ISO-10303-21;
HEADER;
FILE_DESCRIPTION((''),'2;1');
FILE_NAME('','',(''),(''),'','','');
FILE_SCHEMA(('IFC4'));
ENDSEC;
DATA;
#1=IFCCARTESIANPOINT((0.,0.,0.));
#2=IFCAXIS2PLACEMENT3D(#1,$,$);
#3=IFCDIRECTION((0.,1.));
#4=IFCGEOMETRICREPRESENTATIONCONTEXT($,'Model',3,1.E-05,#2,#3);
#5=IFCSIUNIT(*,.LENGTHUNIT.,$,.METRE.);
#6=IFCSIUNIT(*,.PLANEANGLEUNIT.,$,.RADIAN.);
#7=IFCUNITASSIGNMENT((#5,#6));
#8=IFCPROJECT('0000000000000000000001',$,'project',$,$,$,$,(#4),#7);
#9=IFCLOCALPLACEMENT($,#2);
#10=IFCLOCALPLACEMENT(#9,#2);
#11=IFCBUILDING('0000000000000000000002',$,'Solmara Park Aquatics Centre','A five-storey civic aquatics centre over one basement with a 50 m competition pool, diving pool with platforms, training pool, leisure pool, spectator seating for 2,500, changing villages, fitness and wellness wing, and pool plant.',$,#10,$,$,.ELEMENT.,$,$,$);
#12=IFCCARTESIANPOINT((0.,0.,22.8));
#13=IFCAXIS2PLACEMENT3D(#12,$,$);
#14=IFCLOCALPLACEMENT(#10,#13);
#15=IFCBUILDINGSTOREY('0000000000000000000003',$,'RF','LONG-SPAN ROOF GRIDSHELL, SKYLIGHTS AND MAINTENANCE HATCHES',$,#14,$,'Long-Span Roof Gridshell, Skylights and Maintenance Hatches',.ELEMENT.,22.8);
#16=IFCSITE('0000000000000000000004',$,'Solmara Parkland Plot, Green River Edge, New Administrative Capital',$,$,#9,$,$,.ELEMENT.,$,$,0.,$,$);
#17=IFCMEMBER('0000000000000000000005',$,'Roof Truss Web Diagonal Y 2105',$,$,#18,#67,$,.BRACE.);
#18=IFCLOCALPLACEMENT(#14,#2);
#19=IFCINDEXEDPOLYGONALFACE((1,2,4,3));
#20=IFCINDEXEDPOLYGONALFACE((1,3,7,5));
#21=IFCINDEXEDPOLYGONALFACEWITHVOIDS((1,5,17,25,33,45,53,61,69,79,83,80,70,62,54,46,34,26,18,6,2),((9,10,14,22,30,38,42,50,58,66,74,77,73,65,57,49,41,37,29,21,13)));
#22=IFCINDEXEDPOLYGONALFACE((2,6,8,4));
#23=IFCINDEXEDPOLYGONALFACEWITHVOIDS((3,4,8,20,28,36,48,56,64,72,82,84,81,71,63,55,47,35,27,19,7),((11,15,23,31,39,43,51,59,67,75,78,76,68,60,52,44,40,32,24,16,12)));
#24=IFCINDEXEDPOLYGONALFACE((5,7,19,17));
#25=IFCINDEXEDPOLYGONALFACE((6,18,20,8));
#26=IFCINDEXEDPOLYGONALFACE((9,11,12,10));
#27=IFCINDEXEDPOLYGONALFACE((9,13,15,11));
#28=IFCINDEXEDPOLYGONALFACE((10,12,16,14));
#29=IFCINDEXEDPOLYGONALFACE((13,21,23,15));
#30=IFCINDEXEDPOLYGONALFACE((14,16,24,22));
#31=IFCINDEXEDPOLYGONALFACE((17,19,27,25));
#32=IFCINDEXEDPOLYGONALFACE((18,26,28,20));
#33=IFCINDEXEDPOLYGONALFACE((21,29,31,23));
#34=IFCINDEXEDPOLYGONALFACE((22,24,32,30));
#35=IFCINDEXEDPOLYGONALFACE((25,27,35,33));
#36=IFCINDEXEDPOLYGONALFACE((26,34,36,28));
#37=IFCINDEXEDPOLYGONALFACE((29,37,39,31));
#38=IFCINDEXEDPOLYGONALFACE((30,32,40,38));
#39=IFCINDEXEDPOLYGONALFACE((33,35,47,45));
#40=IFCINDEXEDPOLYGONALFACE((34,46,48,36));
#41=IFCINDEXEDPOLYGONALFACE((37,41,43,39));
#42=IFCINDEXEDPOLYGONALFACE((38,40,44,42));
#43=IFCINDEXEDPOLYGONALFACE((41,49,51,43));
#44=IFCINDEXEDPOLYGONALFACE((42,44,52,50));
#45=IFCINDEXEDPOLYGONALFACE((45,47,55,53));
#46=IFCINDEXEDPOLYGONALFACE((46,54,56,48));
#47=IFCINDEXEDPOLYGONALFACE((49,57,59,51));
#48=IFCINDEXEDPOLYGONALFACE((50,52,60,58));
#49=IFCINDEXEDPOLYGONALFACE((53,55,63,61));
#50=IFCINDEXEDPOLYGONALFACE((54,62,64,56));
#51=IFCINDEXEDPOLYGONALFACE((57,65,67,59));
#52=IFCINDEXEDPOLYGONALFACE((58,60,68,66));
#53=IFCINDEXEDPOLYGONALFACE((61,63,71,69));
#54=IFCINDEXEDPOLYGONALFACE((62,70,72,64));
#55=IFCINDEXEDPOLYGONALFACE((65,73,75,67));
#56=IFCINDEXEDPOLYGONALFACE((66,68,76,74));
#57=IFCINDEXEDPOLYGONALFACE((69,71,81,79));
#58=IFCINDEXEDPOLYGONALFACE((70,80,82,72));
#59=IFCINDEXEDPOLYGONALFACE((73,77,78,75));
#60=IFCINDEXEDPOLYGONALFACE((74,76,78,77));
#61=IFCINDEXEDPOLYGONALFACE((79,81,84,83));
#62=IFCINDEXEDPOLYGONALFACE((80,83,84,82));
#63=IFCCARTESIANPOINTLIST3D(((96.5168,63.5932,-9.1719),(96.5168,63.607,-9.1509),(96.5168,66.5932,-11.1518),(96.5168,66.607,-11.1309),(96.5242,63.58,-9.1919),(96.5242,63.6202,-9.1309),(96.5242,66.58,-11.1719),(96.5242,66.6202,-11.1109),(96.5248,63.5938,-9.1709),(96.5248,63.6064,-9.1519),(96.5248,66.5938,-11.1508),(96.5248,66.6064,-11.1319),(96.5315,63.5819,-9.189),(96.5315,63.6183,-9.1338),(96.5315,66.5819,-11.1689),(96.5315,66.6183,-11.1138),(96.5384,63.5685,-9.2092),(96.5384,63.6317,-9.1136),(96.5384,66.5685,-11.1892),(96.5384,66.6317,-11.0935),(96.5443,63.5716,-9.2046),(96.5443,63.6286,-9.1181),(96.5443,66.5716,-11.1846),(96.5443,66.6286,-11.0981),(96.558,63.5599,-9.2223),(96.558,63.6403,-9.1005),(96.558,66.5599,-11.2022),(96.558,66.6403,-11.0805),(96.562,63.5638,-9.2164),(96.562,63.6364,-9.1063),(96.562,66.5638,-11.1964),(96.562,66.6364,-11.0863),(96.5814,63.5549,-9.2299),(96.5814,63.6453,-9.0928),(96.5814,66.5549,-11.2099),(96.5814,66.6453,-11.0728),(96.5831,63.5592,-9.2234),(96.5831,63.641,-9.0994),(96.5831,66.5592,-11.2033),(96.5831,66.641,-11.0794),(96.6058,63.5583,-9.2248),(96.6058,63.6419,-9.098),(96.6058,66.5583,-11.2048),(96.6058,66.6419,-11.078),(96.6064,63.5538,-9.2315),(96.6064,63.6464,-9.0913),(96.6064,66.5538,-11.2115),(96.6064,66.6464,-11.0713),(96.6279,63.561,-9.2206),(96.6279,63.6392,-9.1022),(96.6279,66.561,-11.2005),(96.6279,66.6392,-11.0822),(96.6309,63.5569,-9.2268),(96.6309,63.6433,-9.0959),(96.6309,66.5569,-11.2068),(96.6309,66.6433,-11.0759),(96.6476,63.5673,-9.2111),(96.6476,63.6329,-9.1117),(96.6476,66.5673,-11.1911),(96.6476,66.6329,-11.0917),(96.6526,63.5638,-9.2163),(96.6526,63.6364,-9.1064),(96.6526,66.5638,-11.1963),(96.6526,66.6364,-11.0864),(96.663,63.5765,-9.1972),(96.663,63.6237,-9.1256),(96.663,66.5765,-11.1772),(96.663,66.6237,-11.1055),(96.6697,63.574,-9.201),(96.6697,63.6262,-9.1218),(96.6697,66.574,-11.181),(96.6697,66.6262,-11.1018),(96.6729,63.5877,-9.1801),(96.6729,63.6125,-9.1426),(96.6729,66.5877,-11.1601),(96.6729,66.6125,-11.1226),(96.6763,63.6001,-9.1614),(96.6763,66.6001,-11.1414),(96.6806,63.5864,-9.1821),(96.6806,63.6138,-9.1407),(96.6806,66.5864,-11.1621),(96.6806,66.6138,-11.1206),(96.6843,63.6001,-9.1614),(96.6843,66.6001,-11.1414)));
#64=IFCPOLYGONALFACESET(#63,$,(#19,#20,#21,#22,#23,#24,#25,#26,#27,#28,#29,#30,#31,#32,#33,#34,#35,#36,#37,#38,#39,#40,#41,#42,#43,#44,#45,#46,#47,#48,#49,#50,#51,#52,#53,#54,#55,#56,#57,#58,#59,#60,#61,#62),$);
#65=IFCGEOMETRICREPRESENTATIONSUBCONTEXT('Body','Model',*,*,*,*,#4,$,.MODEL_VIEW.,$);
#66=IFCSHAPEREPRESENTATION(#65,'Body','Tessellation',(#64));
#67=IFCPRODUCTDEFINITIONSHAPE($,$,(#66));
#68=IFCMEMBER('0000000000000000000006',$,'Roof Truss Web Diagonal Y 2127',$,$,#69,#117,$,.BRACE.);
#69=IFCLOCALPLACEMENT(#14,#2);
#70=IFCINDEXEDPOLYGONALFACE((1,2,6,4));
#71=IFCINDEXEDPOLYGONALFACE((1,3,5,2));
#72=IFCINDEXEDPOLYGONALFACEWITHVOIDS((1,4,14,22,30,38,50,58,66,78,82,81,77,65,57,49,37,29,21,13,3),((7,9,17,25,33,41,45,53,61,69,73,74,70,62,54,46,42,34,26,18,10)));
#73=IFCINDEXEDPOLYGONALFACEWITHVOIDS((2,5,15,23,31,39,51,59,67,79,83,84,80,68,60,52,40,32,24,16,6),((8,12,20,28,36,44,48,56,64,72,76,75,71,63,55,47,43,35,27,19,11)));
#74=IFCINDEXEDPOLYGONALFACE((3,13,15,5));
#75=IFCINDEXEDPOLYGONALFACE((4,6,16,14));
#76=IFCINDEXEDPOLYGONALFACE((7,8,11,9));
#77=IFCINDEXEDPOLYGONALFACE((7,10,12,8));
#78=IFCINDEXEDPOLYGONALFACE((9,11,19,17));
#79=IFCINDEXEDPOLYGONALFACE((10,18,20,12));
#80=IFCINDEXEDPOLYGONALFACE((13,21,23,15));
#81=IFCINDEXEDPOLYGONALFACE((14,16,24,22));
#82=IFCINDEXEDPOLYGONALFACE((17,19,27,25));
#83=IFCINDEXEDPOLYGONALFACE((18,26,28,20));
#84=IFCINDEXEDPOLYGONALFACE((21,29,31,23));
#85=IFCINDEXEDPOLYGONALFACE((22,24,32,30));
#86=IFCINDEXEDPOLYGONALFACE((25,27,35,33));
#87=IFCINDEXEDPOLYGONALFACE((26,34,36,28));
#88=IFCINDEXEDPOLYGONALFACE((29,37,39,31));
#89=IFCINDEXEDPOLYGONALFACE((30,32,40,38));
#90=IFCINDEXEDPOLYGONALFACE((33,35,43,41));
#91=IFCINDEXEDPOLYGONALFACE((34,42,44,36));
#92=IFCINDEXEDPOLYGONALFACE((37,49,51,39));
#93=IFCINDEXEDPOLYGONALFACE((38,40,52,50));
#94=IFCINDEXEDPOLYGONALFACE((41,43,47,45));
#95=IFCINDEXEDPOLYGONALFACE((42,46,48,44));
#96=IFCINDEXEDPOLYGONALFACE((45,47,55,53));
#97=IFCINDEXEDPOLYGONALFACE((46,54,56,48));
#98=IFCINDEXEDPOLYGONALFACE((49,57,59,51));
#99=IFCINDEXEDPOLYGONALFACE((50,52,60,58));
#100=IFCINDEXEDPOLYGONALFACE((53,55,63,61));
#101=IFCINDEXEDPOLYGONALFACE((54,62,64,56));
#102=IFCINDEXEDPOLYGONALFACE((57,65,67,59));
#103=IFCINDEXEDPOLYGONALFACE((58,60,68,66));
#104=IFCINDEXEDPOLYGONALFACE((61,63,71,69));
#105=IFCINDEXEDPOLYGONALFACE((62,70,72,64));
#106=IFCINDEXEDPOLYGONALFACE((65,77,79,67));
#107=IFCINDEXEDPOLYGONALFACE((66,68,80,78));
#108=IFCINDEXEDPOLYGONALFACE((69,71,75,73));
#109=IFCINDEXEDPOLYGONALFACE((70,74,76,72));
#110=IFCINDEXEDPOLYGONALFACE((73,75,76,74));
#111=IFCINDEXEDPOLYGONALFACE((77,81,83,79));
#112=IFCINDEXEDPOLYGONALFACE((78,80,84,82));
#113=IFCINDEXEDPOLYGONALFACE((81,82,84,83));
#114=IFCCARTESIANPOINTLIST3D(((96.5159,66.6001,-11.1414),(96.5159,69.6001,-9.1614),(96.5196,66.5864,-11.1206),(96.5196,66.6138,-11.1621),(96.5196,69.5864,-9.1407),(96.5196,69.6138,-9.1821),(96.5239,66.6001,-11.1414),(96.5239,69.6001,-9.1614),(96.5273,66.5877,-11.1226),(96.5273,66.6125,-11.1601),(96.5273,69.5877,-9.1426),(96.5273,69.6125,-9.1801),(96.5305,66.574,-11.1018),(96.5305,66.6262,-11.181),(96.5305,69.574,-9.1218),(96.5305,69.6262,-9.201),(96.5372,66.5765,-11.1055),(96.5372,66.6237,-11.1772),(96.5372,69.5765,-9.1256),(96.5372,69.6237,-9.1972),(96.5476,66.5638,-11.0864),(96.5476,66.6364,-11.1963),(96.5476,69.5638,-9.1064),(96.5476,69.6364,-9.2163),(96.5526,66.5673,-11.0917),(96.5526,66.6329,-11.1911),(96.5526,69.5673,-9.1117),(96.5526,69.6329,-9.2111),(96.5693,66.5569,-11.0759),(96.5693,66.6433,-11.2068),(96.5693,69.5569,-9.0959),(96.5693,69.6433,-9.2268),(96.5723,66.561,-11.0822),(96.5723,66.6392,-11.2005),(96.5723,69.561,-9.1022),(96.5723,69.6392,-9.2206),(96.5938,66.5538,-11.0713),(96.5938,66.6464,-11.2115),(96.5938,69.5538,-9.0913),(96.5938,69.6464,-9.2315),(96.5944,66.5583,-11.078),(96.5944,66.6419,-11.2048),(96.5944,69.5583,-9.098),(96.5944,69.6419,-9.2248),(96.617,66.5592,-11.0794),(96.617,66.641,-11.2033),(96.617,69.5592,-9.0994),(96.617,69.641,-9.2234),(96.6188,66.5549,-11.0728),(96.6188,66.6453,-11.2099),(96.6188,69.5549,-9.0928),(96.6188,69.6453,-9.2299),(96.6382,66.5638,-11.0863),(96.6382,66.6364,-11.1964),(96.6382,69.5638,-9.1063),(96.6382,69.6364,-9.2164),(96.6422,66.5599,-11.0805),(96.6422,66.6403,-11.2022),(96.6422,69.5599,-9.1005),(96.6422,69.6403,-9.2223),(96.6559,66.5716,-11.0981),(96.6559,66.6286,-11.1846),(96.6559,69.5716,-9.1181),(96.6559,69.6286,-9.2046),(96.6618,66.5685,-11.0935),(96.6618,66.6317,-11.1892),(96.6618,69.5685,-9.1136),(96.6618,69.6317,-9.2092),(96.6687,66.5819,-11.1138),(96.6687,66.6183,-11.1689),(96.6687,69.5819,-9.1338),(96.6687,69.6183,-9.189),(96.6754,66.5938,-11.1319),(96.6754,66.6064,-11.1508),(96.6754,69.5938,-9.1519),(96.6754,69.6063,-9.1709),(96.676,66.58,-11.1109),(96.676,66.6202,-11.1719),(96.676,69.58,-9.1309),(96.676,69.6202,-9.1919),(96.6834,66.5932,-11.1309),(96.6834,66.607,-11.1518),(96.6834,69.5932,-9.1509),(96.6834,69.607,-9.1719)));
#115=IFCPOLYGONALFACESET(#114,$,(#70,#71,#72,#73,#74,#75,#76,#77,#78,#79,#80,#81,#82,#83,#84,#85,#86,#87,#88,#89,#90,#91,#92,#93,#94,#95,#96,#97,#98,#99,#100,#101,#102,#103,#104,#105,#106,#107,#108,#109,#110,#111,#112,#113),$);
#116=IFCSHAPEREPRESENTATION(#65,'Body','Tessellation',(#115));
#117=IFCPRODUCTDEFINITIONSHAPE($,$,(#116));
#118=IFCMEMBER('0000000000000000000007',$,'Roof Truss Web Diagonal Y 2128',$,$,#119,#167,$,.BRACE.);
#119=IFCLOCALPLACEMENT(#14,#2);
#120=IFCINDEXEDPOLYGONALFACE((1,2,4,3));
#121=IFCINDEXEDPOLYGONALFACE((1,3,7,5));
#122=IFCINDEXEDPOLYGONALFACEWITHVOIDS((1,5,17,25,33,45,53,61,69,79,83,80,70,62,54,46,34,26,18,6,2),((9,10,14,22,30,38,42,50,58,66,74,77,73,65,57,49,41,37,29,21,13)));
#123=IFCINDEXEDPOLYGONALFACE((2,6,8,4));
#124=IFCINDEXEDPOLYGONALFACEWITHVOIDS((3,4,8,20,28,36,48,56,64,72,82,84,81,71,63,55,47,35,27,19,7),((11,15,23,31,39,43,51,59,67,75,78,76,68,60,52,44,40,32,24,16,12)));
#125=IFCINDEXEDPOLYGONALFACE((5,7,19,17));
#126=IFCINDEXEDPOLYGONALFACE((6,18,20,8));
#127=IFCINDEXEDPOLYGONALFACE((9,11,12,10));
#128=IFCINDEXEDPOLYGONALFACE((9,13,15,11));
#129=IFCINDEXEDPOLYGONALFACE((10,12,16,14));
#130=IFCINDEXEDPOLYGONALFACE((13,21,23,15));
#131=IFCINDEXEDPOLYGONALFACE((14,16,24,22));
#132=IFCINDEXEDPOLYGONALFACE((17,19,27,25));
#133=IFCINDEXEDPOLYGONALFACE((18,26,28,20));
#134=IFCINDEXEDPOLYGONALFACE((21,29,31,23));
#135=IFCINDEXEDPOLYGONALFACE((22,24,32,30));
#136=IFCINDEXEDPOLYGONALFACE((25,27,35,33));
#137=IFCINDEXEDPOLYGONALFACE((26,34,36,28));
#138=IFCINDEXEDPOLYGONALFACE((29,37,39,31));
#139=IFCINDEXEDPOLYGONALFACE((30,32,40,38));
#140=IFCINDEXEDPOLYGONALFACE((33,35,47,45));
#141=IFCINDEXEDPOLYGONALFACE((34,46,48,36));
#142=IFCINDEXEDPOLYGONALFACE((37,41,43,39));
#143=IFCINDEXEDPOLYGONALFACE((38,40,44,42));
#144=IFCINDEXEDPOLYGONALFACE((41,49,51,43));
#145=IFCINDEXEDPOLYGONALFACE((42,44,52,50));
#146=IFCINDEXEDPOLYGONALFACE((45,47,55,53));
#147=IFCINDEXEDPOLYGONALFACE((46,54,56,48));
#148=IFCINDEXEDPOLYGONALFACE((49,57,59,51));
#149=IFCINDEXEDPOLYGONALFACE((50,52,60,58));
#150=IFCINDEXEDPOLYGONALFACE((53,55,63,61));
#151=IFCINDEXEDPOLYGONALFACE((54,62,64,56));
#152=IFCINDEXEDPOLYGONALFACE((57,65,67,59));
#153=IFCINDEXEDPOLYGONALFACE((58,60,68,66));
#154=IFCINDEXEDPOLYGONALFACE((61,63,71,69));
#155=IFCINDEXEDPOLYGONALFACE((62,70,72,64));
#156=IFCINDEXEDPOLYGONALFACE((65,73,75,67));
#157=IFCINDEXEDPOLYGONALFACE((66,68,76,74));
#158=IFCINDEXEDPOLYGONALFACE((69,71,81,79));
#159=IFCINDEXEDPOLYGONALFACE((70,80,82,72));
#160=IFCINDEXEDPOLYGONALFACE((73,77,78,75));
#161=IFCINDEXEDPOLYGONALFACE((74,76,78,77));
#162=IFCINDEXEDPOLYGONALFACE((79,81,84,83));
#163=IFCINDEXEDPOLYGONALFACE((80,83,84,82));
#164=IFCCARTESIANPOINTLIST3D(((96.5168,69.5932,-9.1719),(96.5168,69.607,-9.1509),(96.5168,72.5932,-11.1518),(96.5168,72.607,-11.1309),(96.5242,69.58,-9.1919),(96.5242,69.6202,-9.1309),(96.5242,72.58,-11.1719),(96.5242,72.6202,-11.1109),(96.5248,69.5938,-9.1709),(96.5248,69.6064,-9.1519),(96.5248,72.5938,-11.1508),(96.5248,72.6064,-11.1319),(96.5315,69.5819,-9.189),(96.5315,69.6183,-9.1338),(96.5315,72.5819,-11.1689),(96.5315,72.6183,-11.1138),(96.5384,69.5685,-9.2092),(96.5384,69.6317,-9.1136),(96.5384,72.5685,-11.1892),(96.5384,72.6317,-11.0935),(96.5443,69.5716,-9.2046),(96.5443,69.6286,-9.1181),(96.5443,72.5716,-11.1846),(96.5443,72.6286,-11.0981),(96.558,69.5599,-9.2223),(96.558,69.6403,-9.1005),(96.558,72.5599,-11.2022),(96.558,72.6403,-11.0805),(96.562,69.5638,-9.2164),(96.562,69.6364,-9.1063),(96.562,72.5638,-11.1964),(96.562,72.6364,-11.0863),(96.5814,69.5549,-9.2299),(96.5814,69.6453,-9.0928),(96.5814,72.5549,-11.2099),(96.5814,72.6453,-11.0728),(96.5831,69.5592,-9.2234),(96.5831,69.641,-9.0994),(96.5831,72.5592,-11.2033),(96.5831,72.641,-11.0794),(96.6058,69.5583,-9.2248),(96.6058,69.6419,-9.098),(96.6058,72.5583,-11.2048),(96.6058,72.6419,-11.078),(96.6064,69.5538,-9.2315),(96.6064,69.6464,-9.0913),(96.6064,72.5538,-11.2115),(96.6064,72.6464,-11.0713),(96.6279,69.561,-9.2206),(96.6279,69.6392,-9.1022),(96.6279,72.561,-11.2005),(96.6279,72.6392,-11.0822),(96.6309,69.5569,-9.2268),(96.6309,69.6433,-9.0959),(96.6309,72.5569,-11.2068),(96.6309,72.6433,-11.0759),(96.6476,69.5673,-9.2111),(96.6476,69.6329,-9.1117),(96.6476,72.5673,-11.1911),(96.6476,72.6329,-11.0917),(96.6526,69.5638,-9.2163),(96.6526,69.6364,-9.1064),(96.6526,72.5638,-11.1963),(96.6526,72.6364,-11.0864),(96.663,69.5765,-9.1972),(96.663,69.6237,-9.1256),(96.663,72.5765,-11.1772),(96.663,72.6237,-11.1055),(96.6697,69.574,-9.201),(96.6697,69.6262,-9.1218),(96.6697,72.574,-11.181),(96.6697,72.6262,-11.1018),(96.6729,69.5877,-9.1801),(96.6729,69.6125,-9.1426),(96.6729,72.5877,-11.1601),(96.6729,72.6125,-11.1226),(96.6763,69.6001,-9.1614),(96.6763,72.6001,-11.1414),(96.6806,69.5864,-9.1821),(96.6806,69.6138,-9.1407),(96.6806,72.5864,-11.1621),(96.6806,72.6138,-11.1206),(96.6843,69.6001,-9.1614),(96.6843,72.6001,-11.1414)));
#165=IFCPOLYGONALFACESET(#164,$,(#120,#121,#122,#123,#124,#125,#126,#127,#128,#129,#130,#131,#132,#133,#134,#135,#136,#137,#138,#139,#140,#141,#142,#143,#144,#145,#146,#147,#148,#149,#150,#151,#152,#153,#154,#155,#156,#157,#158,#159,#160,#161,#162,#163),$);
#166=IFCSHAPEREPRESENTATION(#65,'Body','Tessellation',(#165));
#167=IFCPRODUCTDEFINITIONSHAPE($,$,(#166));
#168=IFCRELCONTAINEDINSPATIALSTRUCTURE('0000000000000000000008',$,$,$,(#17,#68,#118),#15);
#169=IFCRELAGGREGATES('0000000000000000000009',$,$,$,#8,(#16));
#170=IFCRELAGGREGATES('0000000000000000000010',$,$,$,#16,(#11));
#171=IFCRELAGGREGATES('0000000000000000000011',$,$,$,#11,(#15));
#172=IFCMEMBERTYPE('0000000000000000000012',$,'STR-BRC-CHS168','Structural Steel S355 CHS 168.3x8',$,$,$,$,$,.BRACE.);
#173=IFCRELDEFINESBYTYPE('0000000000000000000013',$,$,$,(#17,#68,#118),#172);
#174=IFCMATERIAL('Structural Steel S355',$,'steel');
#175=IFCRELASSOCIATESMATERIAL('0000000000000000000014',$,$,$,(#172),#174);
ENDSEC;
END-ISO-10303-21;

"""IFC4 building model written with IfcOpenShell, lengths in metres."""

from ifc_helpers import new_model, si_unit, direction, frame, origin, origin_2d, place, context, subcontext, project, spatial, hollow_circle, extrude, material, material_profile, profile_set, type_object, element, save


model = new_model("IFC4")

# Units and contexts
model_context = context("Model", 3, precision=1e-05, world=origin(), true_north=direction((0.0, 1.0)))
body_context = subcontext(model_context, "Body", "Model", "MODEL_VIEW")
ifc_project = project(units=[si_unit("LENGTHUNIT", "METRE"), si_unit("PLANEANGLEUNIT", "RADIAN")], contexts=[model_context])

# Site, building, storey
site_placement = place(None, origin())
site = spatial("IfcSite", under=ifc_project, at=site_placement, Name="Solmara Parkland Plot, Green River Edge, New Administrative Capital", CompositionType="ELEMENT", RefElevation=0.0)
building_placement = place(site_placement, origin())
building = spatial("IfcBuilding", under=site, at=building_placement, Name="Solmara Park Aquatics Centre", Description="A five-storey civic aquatics centre over one basement with a 50 m competition pool, diving pool with platforms, training pool, leisure pool, spectator seating for 2,500, changing villages, fitness and wellness wing, and pool plant.", CompositionType="ELEMENT")
storey_placement = place(building_placement, frame((0.0, 0.0, 22.8)))
storey = spatial("IfcBuildingStorey", under=building, at=storey_placement, Name="RF", Description="LONG-SPAN ROOF GRIDSHELL, SKYLIGHTS AND MAINTENANCE HATCHES", LongName="Long-Span Roof Gridshell, Skylights and Maintenance Hatches", CompositionType="ELEMENT", Elevation=22.8)

# Members
ifc_material_1 = material(Name="Structural Steel S355", Category="steel")
ifc_material_profile_1 = material_profile(ifc_material_1, hollow_circle(Radius=0.0842, WallThickness=0.0081, at=origin_2d()), Name="CHS 168.3x8")
ifc_profile_set_1 = profile_set([ifc_material_profile_1], Name="Structural Steel S355")
member_type_1 = type_object("IfcMemberType", Name="STR-BRC-CHS168", Description="Structural Steel S355 CHS 168.3x8", PredefinedType="BRACE", material=ifc_profile_set_1)
for number, where, z_axis, x_axis, name in (
    (1, (96.6001, 66.6001, -11.1414), (0.0, -0.834612, 0.550838), (1.0, 0.0, 0.0), "Roof Truss Web Diagonal Y 2105"),
    (2, (96.6001, 66.6001, -11.1414), (0.0, 0.834612, 0.550838), (-1.0, 0.0, 0.0), "Roof Truss Web Diagonal Y 2127"),
    (3, (96.6001, 72.6001, -11.1414), (0.0, -0.834612, 0.550838), (1.0, 0.0, 0.0), "Roof Truss Web Diagonal Y 2128"),
):
    element("IfcMember", number, at=place(storey_placement, frame(where, z_axis=z_axis, x_axis=x_axis)), inside=storey, type_object=member_type_1, Name=name, PredefinedType="BRACE", context=body_context, shape_type="SweptSolid", body=[
        extrude(hollow_circle(Radius=0.0842, WallThickness=0.0081, at=origin_2d()), origin(), (0.0, 0.0, 1.0), 3.5945),
    ])

save(model, "model.ifc")
